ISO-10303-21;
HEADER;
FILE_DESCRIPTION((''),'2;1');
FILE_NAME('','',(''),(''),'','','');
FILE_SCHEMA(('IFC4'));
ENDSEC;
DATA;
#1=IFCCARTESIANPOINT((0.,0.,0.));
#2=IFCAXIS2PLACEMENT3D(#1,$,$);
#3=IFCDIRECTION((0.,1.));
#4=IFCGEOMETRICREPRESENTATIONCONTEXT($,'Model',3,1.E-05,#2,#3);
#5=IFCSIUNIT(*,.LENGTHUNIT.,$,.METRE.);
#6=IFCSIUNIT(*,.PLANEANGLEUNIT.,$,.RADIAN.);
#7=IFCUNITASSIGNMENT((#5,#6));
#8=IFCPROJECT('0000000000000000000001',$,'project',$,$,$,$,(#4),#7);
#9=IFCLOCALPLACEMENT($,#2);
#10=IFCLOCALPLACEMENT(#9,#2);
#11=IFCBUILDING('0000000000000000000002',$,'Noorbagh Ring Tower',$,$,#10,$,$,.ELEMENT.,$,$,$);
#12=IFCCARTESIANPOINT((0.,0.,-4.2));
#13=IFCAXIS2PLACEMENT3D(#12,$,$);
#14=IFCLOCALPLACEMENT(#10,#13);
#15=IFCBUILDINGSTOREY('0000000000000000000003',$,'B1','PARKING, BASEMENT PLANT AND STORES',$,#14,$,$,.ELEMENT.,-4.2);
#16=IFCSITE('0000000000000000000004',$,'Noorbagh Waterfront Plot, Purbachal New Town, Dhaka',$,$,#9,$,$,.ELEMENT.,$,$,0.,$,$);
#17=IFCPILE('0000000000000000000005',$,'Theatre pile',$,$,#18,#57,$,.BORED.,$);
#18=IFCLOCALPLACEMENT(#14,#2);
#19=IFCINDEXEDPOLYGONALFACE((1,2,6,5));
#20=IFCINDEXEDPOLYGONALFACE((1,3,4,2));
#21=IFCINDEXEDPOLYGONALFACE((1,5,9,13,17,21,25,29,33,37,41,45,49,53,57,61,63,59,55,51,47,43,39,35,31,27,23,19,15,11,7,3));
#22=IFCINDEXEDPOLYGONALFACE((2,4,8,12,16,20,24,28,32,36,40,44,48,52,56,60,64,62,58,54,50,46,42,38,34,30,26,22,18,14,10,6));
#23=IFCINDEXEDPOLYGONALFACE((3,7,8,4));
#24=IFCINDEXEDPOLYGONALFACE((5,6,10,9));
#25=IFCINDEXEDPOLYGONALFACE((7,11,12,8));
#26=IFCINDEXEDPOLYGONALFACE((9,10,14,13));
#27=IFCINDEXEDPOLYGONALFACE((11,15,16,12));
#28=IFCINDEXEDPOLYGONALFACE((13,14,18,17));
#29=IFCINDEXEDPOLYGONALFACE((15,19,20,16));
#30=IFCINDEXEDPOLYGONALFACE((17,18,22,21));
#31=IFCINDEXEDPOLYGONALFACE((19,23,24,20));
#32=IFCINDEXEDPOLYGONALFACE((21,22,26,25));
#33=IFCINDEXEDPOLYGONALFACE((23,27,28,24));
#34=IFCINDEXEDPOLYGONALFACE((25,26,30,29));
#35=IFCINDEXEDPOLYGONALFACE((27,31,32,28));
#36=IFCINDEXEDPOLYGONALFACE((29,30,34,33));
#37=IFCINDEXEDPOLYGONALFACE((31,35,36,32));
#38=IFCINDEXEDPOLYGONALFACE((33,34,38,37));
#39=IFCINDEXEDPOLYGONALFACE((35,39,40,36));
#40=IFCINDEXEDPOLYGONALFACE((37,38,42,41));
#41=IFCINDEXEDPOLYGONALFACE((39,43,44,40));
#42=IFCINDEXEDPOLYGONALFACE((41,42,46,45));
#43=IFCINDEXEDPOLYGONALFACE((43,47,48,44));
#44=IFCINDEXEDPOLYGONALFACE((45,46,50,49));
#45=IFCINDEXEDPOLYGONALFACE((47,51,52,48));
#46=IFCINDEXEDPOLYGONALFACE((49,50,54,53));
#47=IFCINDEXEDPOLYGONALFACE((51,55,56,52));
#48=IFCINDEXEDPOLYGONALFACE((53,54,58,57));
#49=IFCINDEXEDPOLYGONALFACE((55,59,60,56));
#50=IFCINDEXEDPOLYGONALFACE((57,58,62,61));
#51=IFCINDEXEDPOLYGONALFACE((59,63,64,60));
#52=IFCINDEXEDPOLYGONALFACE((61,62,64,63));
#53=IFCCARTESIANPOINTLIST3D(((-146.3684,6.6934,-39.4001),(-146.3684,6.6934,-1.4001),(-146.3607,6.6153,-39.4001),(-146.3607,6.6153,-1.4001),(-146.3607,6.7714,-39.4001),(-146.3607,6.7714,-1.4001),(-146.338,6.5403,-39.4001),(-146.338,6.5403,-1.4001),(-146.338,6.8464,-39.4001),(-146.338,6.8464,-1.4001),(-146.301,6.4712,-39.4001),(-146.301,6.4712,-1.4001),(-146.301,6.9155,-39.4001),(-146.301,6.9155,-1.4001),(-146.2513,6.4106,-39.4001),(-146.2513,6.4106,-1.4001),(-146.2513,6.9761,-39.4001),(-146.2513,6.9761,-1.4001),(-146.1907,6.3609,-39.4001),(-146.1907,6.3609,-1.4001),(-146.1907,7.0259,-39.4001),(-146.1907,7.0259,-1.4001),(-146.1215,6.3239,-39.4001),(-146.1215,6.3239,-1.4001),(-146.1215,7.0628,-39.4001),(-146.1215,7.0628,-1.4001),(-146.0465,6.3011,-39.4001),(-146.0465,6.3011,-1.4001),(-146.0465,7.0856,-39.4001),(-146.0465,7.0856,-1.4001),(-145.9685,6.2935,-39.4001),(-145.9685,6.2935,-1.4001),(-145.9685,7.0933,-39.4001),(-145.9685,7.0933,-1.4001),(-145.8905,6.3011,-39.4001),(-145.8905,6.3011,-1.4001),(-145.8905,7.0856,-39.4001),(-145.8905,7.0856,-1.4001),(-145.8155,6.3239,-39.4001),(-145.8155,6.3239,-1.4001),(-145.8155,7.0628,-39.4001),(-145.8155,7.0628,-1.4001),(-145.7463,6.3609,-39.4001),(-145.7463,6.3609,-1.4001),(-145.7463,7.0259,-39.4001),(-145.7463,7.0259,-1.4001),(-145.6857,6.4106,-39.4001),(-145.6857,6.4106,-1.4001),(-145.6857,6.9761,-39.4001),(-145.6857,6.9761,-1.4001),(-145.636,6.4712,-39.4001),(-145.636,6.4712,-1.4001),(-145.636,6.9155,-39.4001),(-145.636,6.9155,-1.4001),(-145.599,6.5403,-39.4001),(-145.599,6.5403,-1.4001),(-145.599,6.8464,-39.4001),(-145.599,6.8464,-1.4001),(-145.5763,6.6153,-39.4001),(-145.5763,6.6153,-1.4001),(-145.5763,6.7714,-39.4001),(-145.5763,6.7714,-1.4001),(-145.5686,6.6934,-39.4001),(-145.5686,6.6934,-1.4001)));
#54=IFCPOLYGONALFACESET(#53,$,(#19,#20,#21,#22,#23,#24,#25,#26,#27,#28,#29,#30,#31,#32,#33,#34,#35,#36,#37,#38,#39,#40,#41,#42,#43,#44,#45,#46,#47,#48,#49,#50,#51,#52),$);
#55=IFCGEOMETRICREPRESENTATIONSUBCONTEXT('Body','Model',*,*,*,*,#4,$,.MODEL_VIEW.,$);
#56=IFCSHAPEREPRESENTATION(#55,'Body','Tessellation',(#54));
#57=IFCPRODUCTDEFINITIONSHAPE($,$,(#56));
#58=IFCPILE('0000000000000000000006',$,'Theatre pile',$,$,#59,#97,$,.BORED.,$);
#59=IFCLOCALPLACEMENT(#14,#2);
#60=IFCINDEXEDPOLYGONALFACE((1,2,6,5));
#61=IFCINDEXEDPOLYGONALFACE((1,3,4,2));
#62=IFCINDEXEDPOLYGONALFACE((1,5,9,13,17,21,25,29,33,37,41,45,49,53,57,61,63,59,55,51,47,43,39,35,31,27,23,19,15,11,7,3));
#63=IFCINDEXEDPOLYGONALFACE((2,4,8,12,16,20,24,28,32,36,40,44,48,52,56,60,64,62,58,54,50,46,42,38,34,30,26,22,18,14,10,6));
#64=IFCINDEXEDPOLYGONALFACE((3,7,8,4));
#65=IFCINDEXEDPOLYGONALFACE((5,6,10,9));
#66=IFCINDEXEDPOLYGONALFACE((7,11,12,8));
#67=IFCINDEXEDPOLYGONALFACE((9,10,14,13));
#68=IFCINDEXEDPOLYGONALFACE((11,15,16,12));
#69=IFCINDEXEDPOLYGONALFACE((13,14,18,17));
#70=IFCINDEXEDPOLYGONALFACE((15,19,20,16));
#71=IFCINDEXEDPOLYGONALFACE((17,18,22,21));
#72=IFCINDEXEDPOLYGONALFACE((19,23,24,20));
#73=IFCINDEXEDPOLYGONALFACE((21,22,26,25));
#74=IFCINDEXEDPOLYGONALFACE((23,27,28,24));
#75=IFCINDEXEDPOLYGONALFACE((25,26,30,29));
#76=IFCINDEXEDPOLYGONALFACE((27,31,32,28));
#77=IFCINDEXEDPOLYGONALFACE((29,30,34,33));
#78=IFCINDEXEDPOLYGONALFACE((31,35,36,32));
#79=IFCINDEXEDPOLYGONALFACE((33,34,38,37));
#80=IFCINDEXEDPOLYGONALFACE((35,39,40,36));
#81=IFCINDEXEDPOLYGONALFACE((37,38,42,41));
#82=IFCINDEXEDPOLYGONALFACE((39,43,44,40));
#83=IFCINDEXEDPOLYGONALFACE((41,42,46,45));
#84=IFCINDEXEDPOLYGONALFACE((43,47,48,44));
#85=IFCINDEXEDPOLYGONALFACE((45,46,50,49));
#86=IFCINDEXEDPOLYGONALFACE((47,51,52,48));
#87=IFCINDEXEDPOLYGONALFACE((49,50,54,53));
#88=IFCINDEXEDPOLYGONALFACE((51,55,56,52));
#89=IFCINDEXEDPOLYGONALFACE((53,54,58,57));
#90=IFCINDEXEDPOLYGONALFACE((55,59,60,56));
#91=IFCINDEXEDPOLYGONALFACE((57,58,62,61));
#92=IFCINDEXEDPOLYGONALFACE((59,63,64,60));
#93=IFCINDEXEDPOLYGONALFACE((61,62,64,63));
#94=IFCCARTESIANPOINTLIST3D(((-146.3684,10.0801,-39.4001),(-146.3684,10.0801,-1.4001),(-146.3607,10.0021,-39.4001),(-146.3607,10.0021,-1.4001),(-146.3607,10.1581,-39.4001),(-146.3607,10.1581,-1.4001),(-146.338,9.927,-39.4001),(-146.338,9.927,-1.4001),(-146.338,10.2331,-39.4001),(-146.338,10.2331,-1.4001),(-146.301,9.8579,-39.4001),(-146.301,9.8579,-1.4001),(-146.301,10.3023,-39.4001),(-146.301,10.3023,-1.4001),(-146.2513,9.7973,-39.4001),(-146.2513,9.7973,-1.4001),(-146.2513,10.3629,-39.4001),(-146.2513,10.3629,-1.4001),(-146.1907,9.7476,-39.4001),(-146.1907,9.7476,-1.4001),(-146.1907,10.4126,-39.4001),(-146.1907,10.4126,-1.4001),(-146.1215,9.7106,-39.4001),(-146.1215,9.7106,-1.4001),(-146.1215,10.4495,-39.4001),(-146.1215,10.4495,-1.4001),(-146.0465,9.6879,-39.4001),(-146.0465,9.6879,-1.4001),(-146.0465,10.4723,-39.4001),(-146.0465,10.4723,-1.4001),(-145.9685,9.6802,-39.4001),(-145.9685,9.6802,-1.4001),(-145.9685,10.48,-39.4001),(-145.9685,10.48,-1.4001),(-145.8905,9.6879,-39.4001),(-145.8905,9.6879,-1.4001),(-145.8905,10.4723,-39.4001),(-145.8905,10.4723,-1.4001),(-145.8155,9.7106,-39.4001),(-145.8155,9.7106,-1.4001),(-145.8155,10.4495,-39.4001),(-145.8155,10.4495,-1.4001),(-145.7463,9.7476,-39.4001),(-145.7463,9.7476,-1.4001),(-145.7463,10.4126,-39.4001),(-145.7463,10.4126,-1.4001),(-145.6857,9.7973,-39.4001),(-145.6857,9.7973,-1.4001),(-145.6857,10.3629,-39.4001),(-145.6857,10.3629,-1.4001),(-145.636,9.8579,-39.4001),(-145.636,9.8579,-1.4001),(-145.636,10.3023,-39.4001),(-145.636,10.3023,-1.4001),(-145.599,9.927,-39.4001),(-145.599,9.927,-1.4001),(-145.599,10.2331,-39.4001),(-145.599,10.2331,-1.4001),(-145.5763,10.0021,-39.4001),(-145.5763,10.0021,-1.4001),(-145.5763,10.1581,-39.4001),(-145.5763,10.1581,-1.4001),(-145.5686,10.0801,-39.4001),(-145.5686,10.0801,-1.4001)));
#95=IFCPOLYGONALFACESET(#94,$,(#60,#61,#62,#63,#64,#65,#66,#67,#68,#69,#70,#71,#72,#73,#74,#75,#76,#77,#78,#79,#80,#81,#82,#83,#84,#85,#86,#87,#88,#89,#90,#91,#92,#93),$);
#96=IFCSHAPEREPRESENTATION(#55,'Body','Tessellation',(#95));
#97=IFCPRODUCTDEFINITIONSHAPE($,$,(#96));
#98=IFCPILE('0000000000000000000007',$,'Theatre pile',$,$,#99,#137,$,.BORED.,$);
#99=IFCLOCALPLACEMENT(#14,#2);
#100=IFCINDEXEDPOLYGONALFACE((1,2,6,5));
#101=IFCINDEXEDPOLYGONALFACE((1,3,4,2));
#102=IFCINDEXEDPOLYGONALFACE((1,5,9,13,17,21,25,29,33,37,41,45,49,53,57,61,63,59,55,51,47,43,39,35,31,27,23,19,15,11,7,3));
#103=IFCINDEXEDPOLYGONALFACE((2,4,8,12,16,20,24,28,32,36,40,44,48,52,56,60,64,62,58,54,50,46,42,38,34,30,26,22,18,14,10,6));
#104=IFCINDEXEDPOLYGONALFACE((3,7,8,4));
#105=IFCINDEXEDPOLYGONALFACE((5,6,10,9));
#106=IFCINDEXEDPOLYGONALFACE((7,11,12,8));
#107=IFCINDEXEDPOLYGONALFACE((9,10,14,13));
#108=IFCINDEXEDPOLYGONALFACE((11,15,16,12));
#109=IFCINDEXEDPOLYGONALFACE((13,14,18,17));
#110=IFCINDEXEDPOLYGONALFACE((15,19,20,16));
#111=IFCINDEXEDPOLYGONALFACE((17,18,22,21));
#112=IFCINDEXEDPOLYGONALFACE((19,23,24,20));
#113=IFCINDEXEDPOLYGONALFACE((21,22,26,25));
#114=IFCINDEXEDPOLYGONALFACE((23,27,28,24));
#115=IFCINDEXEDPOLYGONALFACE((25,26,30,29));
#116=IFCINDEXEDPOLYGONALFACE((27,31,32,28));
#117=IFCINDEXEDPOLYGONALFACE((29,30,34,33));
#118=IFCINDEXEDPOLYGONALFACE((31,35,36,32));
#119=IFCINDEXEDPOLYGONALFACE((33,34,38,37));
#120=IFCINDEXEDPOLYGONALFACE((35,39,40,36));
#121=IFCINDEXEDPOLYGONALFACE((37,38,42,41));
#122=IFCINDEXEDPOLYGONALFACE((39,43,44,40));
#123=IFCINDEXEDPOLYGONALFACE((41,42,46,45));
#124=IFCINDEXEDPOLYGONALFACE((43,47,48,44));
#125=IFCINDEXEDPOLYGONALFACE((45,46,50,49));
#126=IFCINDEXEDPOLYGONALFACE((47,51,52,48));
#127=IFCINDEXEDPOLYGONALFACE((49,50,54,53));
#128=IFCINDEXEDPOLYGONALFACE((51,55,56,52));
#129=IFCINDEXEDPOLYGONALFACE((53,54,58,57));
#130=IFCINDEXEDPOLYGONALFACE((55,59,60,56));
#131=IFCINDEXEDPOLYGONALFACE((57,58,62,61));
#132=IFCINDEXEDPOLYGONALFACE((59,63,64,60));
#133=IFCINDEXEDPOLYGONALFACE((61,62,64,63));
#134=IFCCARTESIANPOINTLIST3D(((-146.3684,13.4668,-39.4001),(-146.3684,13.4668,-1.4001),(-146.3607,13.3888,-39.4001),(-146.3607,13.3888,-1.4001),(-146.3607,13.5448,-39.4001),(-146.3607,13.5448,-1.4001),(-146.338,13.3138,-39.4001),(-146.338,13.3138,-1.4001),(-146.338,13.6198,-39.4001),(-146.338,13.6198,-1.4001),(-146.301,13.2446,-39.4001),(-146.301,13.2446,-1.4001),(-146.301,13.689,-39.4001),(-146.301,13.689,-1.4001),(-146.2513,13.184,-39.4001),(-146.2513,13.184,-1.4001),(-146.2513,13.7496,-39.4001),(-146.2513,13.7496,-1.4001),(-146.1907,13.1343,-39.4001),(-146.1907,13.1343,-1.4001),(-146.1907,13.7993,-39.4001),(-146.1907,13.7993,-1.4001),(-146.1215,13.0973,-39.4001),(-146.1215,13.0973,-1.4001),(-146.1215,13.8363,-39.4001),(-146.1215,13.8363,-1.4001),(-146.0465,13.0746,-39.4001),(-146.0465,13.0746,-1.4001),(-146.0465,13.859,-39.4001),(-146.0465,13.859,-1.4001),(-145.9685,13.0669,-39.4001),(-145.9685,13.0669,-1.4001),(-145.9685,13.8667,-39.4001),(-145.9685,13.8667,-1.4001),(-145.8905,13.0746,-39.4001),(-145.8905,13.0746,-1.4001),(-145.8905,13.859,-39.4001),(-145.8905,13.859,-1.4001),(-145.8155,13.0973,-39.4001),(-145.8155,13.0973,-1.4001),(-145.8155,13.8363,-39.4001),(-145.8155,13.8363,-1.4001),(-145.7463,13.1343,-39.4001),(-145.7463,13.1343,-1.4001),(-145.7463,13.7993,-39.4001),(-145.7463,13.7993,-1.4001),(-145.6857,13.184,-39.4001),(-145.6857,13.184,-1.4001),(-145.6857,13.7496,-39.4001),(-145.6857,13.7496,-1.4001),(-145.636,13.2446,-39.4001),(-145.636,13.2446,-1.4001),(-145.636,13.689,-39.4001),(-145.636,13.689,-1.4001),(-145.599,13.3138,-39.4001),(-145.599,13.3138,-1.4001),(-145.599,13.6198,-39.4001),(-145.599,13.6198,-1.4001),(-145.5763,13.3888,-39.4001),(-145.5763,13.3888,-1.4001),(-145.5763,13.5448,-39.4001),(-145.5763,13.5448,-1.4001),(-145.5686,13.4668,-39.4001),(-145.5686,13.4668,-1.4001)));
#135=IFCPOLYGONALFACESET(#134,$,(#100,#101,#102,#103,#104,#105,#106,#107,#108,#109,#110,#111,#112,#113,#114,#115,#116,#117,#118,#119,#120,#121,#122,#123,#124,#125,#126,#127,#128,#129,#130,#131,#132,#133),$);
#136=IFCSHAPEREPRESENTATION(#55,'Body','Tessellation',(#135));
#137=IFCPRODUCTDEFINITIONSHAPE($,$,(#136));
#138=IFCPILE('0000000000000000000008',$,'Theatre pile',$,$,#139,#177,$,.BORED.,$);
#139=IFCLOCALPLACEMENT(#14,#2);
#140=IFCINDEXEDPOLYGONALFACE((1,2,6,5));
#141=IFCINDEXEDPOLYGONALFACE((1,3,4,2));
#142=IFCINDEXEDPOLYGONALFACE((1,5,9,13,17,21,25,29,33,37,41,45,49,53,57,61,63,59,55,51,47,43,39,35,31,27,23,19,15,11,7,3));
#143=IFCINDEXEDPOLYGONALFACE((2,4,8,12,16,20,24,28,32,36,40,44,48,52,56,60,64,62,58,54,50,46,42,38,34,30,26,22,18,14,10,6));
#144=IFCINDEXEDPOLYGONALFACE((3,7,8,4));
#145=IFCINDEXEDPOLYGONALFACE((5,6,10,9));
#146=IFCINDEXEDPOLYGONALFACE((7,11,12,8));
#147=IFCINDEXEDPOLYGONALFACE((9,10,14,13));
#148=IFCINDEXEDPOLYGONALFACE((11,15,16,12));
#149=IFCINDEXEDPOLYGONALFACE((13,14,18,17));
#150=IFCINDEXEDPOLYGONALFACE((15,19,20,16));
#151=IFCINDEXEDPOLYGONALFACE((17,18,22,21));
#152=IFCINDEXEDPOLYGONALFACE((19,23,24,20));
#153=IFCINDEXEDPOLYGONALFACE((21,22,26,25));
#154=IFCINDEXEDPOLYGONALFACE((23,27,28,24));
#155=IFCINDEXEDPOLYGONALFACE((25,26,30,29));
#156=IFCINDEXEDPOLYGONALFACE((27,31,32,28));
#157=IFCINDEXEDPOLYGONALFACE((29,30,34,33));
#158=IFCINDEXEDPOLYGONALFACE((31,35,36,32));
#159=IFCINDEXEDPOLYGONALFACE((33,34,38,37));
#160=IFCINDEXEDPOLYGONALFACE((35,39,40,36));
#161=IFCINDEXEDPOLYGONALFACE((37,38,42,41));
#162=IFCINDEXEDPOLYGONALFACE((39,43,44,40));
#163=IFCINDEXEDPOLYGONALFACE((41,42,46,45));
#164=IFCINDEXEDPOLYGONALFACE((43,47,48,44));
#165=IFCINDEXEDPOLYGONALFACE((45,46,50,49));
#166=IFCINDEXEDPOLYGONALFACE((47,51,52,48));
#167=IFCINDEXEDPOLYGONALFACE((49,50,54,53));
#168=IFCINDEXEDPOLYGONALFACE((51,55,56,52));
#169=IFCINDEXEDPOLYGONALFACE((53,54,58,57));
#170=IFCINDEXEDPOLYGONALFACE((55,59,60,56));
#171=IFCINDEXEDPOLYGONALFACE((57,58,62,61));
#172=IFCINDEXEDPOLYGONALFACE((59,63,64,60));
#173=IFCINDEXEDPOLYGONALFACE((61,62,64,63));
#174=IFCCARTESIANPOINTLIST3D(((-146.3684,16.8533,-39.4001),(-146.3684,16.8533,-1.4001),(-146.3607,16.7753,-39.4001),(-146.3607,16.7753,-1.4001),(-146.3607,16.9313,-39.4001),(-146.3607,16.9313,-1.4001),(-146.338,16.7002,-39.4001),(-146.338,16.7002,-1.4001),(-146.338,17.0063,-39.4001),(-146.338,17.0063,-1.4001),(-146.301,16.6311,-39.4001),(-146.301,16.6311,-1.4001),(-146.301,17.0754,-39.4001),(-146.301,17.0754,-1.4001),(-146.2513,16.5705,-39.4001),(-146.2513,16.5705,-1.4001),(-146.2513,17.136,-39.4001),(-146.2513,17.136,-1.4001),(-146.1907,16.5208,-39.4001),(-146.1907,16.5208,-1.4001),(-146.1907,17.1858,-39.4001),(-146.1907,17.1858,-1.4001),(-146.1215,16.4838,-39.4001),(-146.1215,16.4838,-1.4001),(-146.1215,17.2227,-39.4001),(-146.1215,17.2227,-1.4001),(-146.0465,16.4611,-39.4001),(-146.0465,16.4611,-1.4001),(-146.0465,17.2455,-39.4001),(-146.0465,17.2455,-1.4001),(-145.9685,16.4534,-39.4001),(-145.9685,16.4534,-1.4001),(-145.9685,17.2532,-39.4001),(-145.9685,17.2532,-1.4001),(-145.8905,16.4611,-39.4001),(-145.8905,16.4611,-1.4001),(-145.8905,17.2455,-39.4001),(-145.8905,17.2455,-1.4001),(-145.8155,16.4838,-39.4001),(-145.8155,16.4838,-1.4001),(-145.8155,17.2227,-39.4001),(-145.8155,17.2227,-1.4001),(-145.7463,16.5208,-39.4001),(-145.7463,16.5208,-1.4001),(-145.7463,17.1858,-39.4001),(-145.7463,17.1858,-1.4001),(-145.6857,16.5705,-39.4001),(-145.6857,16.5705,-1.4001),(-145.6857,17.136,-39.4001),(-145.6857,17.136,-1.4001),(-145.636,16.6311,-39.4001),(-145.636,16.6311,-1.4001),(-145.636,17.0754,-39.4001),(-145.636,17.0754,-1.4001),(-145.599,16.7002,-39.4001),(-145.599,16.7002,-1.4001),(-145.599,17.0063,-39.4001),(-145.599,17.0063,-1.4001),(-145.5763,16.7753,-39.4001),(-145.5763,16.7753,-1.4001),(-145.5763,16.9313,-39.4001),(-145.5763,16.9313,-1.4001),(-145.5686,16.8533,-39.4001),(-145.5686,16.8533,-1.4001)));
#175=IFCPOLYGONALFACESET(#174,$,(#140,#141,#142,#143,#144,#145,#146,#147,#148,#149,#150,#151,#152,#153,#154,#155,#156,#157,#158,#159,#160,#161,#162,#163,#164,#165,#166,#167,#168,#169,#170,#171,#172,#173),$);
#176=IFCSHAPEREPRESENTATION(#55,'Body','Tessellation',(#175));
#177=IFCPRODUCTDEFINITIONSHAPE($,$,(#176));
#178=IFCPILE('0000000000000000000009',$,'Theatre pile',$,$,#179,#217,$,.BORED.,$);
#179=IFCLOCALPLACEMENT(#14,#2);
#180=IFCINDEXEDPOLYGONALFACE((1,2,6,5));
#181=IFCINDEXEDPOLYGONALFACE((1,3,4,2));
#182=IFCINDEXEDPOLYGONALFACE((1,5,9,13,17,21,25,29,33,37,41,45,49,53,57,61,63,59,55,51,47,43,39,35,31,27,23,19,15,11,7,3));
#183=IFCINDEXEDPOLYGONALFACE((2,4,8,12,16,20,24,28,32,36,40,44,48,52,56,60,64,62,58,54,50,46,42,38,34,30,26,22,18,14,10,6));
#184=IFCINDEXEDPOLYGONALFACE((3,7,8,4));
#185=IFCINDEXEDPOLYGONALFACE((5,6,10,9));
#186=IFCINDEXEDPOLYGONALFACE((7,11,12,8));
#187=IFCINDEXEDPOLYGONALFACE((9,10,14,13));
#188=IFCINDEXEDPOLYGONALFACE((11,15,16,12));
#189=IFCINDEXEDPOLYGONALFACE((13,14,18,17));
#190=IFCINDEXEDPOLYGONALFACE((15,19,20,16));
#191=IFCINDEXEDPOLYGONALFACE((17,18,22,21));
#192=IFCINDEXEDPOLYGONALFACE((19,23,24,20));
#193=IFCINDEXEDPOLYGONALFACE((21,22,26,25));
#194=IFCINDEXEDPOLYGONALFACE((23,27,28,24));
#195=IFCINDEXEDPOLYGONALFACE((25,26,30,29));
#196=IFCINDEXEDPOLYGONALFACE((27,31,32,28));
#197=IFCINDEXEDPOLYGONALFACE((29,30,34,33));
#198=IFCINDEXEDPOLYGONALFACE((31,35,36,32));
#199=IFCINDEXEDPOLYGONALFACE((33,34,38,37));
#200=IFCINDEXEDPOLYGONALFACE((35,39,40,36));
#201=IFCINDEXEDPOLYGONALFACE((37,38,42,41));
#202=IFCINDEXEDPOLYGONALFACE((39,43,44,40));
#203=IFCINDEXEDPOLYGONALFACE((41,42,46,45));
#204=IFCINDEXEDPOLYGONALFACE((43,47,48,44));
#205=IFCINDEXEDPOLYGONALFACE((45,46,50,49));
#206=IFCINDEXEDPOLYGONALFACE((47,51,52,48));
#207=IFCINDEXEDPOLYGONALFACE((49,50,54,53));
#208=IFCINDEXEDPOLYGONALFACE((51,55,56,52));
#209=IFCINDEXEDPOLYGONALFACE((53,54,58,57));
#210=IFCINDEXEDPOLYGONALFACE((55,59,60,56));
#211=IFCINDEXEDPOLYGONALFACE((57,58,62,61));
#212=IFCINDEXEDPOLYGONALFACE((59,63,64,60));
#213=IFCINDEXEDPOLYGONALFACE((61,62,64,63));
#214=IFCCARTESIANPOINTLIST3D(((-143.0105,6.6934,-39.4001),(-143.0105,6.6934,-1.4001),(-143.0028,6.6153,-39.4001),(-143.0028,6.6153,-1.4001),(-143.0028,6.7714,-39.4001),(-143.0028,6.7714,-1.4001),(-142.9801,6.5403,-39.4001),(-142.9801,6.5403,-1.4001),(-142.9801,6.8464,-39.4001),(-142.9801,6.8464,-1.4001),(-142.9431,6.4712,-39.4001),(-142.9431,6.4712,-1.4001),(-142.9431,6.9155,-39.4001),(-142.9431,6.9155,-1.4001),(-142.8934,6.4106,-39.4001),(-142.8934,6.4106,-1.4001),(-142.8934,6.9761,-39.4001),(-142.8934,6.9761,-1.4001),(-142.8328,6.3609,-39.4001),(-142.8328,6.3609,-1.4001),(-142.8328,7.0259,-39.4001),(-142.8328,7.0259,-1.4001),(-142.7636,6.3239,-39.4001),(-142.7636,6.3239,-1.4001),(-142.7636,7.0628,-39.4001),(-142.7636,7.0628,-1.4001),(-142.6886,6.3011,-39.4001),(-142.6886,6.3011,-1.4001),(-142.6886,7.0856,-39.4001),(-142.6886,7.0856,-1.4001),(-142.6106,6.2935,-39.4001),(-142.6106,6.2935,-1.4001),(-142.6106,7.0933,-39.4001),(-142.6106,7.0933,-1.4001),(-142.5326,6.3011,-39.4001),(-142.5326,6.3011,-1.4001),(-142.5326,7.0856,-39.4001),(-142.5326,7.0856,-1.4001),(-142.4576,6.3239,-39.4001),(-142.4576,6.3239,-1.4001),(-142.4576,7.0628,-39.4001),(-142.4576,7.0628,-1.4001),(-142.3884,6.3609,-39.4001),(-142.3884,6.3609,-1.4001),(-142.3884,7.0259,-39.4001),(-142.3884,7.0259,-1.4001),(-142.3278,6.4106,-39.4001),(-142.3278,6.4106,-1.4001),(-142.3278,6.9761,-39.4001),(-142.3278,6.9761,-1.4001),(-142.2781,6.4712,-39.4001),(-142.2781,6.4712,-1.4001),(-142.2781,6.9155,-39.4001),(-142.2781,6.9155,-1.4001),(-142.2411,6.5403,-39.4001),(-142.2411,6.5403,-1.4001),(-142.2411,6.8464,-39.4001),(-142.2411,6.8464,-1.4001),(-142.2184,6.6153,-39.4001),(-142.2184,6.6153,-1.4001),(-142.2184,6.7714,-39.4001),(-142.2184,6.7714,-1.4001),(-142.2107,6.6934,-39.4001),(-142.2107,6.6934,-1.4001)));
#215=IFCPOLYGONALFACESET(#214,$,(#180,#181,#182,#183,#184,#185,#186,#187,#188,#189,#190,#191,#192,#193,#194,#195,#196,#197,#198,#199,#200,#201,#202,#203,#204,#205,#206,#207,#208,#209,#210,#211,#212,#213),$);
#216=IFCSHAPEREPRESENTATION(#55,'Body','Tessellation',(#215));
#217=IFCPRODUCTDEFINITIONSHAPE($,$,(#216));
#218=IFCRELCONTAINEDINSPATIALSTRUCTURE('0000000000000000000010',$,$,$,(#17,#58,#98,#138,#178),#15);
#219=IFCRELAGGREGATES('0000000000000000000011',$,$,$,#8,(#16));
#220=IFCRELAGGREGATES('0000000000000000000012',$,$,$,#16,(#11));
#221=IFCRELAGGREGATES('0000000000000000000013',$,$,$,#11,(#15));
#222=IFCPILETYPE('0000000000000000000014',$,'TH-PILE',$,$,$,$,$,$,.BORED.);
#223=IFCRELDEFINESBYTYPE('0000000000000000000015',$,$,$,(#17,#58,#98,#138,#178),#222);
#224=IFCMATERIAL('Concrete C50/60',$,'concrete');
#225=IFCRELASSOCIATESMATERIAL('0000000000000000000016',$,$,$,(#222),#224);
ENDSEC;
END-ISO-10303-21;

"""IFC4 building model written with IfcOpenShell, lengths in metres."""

from ifc_helpers import new_model, si_unit, direction, frame, origin, origin_2d, place, context, subcontext, project, spatial, circle, extrude, material, material_profile, profile_set, type_object, element, save


model = new_model("IFC4")

# Units and contexts
model_context = context("Model", 3, precision=1e-05, world=origin(), true_north=direction((0.0, 1.0)))
body_context = subcontext(model_context, "Body", "Model", "MODEL_VIEW")
ifc_project = project(units=[si_unit("LENGTHUNIT", "METRE"), si_unit("PLANEANGLEUNIT", "RADIAN")], contexts=[model_context])

# Site, building, storey
site_placement = place(None, origin())
site = spatial("IfcSite", under=ifc_project, at=site_placement, Name="Noorbagh Waterfront Plot, Purbachal New Town, Dhaka", CompositionType="ELEMENT", RefElevation=0.0)
building_placement = place(site_placement, origin())
building = spatial("IfcBuilding", under=site, at=building_placement, Name="Noorbagh Ring Tower", CompositionType="ELEMENT")
storey_placement = place(building_placement, frame((0.0, 0.0, -4.2)))
storey = spatial("IfcBuildingStorey", under=building, at=storey_placement, Name="B1", Description="PARKING, BASEMENT PLANT AND STORES", CompositionType="ELEMENT", Elevation=-4.2)

# Piles
ifc_material_1 = material(Name="Concrete C50/60", Category="concrete")
ifc_material_profile_1 = material_profile(ifc_material_1, circle(Radius=0.3999, at=origin_2d()), Name="PILE800")
ifc_profile_set_1 = profile_set([ifc_material_profile_1], Name="Concrete C50/60")
pile_type = type_object("IfcPileType", Name="TH-PILE", PredefinedType="BORED", material=ifc_profile_set_1)
for number, where, z_axis, x_axis, name in (
    (1, (-145.9685, 6.6934, -1.4001), (0.0, 0.0, -1.0), (1.0, 0.0, 0.0), "Theatre pile"),
    (2, (-145.9685, 10.0801, -1.4001), (0.0, 0.0, -1.0), (1.0, 0.0, 0.0), "Theatre pile"),
    (3, (-145.9685, 13.4668, -1.4001), (0.0, 0.0, -1.0), (1.0, 0.0, 0.0), "Theatre pile"),
    (4, (-145.9685, 16.8533, -1.4001), (0.0, 0.0, -1.0), (1.0, 0.0, 0.0), "Theatre pile"),
    (5, (-142.6106, 6.6934, -1.4001), (0.0, 0.0, -1.0), (1.0, 0.0, 0.0), "Theatre pile"),
):
    element("IfcPile", number, at=place(storey_placement, frame(where, z_axis=z_axis, x_axis=x_axis)), inside=storey, type_object=pile_type, Name=name, PredefinedType="BORED", context=body_context, shape_type="SweptSolid", body=[
        extrude(circle(Radius=0.3999, at=origin_2d()), origin(), (0.0, 0.0, 1.0), 38.0),
    ])

save(model, "model.ifc")
